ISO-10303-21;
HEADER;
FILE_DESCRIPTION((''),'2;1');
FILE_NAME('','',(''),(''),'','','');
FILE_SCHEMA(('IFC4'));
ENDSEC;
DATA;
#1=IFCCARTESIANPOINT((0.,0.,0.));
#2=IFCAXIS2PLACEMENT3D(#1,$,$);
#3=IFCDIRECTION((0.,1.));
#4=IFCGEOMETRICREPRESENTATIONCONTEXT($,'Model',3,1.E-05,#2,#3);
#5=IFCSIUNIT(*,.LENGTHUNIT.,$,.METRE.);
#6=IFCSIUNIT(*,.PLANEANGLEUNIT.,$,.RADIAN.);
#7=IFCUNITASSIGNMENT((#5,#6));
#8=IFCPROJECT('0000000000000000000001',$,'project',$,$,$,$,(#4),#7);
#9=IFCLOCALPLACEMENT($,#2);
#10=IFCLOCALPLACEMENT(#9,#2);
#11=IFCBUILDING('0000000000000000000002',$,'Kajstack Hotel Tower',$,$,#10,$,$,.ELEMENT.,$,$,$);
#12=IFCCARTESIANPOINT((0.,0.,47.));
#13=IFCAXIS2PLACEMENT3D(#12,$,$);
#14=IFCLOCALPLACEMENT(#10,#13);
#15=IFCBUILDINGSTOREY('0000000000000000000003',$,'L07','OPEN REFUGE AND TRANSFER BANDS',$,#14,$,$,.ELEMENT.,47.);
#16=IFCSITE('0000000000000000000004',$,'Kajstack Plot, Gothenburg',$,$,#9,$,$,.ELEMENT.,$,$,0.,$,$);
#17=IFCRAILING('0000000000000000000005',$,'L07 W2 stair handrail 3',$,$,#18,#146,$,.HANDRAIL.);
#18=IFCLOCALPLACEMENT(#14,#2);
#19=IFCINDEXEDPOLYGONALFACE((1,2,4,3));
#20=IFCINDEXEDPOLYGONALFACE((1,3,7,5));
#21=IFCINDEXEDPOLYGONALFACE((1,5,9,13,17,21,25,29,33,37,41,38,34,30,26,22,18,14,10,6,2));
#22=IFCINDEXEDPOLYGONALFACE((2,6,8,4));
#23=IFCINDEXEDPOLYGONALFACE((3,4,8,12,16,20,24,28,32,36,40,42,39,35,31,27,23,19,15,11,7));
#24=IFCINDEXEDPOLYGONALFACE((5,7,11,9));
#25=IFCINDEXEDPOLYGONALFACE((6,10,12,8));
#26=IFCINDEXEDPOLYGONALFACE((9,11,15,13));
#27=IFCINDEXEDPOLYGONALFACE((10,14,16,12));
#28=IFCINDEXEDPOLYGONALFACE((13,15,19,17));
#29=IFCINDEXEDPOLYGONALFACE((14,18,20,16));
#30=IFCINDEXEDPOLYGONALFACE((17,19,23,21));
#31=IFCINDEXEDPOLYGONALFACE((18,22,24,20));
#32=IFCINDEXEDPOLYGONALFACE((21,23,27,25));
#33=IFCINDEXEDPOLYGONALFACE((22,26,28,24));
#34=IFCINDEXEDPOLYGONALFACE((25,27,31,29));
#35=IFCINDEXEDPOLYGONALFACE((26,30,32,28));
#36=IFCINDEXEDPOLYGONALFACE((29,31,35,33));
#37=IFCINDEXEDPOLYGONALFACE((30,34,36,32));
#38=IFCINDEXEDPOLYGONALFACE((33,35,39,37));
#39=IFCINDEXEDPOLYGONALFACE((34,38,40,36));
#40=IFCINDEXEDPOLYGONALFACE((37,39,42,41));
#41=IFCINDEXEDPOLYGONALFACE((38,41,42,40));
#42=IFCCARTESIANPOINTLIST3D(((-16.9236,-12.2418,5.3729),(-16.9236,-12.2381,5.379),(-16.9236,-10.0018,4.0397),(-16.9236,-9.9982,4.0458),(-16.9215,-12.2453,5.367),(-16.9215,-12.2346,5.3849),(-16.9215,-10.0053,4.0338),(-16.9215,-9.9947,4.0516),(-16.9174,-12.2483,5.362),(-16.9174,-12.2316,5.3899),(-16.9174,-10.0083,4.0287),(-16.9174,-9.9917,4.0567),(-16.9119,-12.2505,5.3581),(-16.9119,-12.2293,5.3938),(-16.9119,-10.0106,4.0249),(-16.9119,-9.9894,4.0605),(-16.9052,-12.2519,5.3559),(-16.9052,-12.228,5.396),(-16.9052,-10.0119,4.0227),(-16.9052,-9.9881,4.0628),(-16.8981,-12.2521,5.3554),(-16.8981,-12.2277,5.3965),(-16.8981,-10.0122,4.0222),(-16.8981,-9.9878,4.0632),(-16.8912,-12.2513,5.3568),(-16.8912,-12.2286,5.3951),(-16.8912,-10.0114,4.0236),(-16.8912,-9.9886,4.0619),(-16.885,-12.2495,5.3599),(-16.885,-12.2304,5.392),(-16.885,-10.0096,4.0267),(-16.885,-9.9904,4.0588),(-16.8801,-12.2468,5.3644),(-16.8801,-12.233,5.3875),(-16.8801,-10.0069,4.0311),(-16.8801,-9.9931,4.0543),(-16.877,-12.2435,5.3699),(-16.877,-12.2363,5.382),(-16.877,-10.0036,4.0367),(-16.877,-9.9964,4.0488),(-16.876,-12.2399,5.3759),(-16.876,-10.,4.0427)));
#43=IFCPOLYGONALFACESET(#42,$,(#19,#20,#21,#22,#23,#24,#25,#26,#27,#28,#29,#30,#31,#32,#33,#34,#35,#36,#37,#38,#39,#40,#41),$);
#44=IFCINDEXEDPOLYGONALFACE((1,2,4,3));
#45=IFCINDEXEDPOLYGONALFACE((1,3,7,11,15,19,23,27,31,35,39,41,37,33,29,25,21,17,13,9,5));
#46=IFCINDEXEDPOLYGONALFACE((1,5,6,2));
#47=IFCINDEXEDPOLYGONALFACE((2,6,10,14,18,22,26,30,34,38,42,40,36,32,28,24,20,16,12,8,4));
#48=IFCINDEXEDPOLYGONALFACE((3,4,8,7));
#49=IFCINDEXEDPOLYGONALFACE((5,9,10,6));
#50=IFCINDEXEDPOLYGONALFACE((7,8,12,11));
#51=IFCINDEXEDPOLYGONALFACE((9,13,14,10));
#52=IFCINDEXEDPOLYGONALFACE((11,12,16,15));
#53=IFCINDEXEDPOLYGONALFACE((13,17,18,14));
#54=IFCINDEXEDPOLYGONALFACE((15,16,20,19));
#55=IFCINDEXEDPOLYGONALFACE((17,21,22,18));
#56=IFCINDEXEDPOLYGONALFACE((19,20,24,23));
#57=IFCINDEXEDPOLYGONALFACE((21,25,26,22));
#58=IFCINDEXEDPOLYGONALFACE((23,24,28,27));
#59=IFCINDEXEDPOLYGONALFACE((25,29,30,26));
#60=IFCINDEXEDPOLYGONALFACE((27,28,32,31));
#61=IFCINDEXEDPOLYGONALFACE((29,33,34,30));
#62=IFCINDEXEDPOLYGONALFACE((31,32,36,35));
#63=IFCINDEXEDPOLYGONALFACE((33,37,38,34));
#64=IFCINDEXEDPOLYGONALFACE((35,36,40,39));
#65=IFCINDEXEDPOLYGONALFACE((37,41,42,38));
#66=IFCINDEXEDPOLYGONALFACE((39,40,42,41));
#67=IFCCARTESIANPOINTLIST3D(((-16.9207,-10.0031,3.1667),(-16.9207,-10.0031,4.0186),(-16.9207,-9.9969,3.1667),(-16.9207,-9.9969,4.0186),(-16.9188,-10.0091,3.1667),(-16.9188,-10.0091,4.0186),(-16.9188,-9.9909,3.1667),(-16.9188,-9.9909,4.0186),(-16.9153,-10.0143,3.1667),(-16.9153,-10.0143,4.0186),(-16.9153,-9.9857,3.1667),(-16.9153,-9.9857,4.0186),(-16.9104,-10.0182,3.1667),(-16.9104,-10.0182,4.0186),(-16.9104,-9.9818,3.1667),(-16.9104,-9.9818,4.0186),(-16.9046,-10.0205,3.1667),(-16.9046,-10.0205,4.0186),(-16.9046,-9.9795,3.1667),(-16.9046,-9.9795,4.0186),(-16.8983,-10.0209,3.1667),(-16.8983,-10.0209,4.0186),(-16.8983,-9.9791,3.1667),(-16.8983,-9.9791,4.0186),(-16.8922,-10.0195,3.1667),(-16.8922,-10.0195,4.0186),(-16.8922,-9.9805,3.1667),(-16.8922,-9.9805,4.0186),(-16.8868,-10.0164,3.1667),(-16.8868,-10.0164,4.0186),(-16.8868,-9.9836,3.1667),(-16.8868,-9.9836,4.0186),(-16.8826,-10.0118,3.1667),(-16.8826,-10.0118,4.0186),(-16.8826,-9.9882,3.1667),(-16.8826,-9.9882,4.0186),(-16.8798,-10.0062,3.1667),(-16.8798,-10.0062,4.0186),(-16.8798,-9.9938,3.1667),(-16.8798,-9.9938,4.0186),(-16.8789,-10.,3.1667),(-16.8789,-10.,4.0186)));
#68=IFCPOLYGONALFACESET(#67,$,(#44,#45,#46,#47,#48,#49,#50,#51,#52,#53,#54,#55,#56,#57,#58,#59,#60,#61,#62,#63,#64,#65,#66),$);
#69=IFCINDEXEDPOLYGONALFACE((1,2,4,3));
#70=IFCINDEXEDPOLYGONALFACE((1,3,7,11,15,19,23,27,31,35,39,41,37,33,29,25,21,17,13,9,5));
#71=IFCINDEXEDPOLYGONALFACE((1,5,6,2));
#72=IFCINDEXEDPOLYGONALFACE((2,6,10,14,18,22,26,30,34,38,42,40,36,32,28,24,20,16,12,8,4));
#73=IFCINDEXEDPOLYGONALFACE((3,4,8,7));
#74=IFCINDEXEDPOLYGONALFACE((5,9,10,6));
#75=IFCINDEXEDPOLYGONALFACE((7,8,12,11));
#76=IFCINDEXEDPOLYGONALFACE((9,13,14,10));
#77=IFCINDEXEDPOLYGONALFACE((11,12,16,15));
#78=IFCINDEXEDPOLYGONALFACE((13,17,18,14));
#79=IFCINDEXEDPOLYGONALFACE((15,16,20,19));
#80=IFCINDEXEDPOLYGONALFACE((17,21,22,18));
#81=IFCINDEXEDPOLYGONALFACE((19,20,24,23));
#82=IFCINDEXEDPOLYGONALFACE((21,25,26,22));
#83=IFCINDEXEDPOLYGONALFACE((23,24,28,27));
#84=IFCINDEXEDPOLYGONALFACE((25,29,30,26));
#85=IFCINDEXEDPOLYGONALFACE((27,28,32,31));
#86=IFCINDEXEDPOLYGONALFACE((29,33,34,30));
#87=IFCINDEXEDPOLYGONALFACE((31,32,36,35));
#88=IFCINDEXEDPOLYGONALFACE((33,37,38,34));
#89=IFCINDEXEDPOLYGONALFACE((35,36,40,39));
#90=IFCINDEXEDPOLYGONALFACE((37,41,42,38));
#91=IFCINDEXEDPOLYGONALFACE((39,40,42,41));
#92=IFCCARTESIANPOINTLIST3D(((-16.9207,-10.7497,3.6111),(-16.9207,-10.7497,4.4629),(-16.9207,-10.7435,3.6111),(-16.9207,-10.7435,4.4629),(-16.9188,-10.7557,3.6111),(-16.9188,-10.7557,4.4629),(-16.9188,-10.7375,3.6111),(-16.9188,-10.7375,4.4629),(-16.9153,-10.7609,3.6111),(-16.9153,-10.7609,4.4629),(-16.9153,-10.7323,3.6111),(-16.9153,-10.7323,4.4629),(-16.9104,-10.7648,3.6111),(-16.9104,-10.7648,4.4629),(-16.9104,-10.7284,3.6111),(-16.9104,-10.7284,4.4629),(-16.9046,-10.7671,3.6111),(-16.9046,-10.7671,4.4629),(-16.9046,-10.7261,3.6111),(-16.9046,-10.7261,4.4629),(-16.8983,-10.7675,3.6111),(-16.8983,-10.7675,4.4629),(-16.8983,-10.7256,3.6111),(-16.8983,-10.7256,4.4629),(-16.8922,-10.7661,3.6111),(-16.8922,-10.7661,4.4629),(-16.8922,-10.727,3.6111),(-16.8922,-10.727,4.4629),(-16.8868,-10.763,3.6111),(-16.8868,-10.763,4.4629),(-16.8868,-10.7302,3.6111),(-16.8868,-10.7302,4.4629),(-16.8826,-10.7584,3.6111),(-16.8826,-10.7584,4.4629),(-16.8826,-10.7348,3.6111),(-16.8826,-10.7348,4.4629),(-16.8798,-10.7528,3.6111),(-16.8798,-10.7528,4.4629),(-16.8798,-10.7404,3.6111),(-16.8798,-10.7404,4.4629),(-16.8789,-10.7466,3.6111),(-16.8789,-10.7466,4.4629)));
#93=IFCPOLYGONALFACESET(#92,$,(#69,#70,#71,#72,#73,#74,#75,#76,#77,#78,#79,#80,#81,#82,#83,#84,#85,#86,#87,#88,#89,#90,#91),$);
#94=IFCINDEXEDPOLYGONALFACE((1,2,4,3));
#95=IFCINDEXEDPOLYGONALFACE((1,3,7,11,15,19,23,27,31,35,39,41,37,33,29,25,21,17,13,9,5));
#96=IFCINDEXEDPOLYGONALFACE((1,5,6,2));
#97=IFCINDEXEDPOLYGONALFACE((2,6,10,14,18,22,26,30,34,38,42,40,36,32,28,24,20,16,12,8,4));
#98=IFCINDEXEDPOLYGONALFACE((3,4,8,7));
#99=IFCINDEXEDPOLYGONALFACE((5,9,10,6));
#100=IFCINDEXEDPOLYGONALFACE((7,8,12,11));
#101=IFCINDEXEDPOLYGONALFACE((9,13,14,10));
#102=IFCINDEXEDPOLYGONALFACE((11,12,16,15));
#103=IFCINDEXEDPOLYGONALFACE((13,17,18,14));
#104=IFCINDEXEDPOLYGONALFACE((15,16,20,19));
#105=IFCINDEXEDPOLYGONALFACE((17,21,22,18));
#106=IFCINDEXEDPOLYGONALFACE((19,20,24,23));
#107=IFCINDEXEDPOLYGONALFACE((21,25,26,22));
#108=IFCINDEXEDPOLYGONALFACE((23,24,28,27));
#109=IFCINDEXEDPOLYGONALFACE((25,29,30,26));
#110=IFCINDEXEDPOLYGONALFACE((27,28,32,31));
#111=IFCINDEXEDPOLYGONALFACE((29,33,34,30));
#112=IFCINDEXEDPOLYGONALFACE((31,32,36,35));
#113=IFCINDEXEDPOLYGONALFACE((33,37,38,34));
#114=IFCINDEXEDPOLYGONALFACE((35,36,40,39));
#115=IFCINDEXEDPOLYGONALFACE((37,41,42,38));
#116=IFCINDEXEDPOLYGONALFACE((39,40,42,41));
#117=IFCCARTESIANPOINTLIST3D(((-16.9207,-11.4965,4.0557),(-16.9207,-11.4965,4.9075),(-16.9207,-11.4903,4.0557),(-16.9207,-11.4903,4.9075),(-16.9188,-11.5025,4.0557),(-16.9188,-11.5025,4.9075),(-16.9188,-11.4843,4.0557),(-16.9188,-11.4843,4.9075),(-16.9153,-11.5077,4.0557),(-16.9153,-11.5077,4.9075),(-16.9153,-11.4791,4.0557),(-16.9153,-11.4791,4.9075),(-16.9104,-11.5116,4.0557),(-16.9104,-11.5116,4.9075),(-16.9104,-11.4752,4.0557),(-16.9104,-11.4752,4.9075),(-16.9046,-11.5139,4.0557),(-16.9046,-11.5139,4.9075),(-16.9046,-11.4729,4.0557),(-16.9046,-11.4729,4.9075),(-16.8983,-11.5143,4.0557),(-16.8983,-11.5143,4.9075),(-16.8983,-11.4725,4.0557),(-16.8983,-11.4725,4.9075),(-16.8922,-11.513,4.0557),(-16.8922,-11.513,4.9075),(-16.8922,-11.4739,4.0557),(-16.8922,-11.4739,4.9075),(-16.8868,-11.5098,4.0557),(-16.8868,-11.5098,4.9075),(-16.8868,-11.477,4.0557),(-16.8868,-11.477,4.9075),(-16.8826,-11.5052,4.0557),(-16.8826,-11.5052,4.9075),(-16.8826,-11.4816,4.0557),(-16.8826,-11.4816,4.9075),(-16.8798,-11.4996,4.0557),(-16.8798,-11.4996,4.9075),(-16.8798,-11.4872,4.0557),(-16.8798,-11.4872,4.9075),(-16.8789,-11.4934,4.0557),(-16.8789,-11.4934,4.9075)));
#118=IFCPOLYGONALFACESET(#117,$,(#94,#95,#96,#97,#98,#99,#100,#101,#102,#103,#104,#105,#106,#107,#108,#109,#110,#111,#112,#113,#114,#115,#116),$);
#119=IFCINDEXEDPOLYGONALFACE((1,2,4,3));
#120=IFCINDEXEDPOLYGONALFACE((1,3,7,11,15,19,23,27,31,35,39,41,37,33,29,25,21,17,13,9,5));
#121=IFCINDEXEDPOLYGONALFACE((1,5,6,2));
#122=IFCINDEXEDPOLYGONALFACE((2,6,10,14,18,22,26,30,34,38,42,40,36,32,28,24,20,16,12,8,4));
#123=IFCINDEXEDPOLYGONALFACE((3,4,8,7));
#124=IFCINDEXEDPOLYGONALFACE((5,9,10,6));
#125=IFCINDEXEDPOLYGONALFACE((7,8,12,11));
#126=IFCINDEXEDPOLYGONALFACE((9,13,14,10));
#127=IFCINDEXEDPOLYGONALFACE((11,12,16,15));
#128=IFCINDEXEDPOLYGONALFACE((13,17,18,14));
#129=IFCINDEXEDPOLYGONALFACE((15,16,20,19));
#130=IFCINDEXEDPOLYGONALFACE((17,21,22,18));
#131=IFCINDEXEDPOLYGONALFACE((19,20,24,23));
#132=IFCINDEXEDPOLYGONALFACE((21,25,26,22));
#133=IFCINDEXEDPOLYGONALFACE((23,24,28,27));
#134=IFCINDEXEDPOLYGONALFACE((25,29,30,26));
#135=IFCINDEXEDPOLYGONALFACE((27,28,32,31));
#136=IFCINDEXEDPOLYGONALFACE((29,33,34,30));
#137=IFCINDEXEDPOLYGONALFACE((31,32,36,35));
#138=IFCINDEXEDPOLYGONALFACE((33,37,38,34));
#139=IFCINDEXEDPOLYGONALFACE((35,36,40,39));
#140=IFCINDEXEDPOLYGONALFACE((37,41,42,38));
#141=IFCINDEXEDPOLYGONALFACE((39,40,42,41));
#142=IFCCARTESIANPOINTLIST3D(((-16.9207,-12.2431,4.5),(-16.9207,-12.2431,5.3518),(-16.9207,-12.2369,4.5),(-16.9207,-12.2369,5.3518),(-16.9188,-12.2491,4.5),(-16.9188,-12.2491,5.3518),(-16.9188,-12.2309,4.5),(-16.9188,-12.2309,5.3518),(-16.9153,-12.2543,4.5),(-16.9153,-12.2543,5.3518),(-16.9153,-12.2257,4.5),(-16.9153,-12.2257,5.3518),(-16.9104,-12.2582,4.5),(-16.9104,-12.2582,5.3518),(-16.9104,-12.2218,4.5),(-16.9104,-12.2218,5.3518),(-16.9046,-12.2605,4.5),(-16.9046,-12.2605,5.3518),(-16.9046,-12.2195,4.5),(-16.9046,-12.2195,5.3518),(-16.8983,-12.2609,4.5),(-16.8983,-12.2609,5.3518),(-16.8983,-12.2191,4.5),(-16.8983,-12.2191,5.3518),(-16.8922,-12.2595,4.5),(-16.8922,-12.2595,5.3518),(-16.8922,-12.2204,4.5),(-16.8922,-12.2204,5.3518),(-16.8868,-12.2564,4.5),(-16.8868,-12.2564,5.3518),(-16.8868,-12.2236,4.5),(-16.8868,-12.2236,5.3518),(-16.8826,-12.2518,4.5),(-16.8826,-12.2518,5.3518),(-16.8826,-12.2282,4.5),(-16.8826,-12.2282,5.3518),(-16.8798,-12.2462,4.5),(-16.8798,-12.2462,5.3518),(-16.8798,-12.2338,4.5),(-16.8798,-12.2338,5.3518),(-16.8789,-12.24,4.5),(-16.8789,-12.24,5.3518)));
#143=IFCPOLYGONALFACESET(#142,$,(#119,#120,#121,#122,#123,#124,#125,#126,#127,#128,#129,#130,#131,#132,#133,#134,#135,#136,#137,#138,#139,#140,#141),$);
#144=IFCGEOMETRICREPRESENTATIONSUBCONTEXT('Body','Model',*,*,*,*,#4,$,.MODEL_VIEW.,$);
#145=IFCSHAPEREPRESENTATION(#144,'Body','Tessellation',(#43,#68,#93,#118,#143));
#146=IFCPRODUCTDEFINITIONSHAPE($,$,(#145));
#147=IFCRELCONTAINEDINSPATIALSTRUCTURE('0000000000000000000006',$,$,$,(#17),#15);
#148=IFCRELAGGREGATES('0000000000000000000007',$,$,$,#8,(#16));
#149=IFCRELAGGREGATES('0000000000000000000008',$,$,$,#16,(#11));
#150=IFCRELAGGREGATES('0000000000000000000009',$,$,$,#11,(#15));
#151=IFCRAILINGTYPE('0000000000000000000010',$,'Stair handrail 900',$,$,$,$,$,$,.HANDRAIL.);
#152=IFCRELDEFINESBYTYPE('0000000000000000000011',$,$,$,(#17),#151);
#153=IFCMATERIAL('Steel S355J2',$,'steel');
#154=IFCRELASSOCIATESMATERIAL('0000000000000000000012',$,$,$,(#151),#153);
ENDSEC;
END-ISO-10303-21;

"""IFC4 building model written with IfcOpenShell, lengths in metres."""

from ifc_helpers import new_model, si_unit, direction, frame, origin, origin_2d, place, context, subcontext, project, spatial, circle, extrude, material, type_object, element, save


model = new_model("IFC4")

# Units and contexts
model_context = context("Model", 3, precision=1e-05, world=origin(), true_north=direction((0.0, 1.0)))
body_context = subcontext(model_context, "Body", "Model", "MODEL_VIEW")
ifc_project = project(units=[si_unit("LENGTHUNIT", "METRE"), si_unit("PLANEANGLEUNIT", "RADIAN")], contexts=[model_context])

# Site, building, storey
site_placement = place(None, origin())
site = spatial("IfcSite", under=ifc_project, at=site_placement, Name="Kajstack Plot, Gothenburg", CompositionType="ELEMENT", RefElevation=0.0)
building_placement = place(site_placement, origin())
building = spatial("IfcBuilding", under=site, at=building_placement, Name="Kajstack Hotel Tower", CompositionType="ELEMENT")
storey_placement = place(building_placement, frame((0.0, 0.0, 47.0)))
storey = spatial("IfcBuildingStorey", under=building, at=storey_placement, Name="L07", Description="OPEN REFUGE AND TRANSFER BANDS", CompositionType="ELEMENT", Elevation=47.0)

# Railing
ifc_material_1 = material(Name="Steel S355J2", Category="steel")
railing_type_1 = type_object("IfcRailingType", Name="Stair handrail 900", PredefinedType="HANDRAIL", material=ifc_material_1)
railing_1_placement = place(storey_placement, frame((-16.8999, -10.0, 3.1667)))
element("IfcRailing", 1, at=railing_1_placement, inside=storey, type_object=railing_type_1, Name="L07 W2 stair handrail 3", PredefinedType="HANDRAIL", context=body_context, shape_type="SweptSolid", body=[
    extrude(circle(Radius=0.0239, at=origin_2d()), frame((0.0, 0.0, 0.876), z_axis=(0.0, -0.859306, 0.511462), x_axis=(1.0, 0.0, 0.0)), (0.0, 0.0, 1.0), 2.6067),
    extrude(circle(Radius=0.021, at=origin_2d()), origin(), (0.0, 0.0, 1.0), 0.8518),
    extrude(circle(Radius=0.021, at=origin_2d()), frame((0.0, -0.7466, 0.4443)), (0.0, 0.0, 1.0), 0.8518),
    extrude(circle(Radius=0.021, at=origin_2d()), frame((0.0, -1.4934, 0.8889)), (0.0, 0.0, 1.0), 0.8518),
    extrude(circle(Radius=0.021, at=origin_2d()), frame((0.0, -2.24, 1.3333)), (0.0, 0.0, 1.0), 0.8518),
])

save(model, "model.ifc")
